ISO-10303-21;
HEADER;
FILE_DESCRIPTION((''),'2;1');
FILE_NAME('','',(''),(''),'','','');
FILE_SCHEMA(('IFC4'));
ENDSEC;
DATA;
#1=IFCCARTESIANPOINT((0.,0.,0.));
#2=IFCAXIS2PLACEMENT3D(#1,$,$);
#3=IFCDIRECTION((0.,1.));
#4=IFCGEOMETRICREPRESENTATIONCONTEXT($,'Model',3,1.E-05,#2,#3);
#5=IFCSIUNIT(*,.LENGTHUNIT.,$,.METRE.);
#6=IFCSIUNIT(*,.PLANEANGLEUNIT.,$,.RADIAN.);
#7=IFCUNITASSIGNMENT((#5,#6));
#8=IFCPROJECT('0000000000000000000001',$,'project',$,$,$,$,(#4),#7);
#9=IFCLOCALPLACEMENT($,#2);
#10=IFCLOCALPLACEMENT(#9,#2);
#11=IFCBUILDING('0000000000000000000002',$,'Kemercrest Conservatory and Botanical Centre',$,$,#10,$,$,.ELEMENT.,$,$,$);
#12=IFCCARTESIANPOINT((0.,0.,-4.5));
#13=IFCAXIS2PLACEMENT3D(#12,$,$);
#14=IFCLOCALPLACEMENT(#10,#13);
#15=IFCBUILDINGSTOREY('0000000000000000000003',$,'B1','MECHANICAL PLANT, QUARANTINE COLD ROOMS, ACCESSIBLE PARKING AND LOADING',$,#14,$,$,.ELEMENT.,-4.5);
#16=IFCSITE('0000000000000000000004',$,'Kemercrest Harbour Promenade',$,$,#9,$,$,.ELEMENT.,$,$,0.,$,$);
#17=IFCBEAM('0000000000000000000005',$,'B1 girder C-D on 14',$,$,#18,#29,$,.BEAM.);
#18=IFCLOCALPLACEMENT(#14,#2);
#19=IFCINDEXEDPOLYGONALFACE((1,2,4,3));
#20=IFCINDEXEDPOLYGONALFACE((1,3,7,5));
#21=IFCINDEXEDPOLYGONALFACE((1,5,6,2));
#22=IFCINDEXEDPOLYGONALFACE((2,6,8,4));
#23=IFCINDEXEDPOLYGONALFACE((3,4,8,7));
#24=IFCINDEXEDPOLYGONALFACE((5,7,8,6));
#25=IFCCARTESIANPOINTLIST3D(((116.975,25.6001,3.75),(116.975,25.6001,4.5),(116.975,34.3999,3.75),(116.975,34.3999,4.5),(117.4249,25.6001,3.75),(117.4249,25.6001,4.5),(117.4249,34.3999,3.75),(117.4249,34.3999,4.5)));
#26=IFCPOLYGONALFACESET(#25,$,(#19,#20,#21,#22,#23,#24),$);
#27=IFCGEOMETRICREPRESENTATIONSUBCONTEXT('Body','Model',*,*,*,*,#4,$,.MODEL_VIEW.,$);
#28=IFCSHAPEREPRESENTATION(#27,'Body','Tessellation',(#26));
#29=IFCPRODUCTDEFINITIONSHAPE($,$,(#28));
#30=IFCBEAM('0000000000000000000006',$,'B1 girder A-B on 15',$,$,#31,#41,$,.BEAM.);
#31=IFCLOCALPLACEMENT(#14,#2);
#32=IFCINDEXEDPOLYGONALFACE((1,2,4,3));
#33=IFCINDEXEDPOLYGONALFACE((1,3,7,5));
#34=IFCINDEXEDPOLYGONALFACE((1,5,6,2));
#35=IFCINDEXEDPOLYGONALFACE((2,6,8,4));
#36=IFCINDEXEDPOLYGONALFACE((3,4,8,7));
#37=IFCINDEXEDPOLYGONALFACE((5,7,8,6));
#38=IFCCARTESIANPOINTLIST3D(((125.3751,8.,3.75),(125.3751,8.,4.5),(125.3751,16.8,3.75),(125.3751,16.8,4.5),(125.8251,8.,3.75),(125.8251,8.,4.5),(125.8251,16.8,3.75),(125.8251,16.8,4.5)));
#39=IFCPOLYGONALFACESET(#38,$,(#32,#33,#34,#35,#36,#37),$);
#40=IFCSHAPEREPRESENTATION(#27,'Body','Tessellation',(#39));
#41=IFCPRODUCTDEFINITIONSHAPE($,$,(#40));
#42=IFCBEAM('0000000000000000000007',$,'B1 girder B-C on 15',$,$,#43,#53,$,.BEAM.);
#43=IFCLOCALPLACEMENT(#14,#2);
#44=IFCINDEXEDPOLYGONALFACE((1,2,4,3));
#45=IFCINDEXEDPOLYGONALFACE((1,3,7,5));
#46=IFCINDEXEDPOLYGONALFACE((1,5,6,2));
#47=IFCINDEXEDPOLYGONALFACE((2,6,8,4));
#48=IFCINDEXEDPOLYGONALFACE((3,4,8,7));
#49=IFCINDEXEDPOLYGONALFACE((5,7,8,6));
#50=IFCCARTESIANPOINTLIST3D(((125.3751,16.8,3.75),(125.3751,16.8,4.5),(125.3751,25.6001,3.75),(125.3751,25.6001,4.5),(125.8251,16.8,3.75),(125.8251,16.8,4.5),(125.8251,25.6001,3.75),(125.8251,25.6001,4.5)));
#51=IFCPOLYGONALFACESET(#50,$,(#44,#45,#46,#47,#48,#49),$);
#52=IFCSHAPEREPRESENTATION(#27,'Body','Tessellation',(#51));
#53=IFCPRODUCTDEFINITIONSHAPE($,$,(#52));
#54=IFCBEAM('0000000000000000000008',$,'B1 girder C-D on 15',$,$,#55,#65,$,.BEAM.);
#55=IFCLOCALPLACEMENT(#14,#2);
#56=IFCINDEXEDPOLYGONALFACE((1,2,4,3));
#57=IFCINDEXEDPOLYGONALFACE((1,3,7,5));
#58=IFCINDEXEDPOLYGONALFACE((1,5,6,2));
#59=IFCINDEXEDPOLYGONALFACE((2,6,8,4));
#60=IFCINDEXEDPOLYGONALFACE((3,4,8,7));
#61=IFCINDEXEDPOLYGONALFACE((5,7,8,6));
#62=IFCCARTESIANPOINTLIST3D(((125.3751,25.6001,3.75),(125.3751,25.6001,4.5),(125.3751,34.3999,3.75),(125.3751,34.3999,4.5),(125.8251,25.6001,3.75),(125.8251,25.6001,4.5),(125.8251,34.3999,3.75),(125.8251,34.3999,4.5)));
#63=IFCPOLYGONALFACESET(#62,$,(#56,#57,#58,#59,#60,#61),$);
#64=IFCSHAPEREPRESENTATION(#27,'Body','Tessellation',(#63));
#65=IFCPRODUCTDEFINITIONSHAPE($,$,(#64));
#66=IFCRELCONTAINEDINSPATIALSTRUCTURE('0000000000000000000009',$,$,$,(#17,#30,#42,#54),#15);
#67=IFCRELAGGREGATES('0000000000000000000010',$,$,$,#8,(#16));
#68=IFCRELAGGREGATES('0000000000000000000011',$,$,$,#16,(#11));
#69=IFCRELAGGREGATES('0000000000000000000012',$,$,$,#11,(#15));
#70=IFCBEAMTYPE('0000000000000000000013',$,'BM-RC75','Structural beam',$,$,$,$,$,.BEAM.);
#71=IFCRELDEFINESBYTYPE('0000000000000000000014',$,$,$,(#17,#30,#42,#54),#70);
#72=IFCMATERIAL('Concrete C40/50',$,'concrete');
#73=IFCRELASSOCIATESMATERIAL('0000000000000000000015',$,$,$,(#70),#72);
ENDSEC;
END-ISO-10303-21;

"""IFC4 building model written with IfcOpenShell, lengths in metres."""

from ifc_helpers import new_model, si_unit, direction, frame, origin, origin_2d, place, context, subcontext, project, spatial, rectangle, extrude, material, material_profile, profile_set, type_object, element, save


model = new_model("IFC4")

# Units and contexts
model_context = context("Model", 3, precision=1e-05, world=origin(), true_north=direction((0.0, 1.0)))
body_context = subcontext(model_context, "Body", "Model", "MODEL_VIEW")
ifc_project = project(units=[si_unit("LENGTHUNIT", "METRE"), si_unit("PLANEANGLEUNIT", "RADIAN")], contexts=[model_context])

# Site, building, storey
site_placement = place(None, origin())
site = spatial("IfcSite", under=ifc_project, at=site_placement, Name="Kemercrest Harbour Promenade", CompositionType="ELEMENT", RefElevation=0.0)
building_placement = place(site_placement, origin())
building = spatial("IfcBuilding", under=site, at=building_placement, Name="Kemercrest Conservatory and Botanical Centre", CompositionType="ELEMENT")
storey_placement = place(building_placement, frame((0.0, 0.0, -4.5)))
storey = spatial("IfcBuildingStorey", under=building, at=storey_placement, Name="B1", Description="MECHANICAL PLANT, QUARANTINE COLD ROOMS, ACCESSIBLE PARKING AND LOADING", CompositionType="ELEMENT", Elevation=-4.5)

# Shared definitions
ifc_material_1 = material(Name="Concrete C40/50", Category="concrete")

# Beams
ifc_material_profile_1 = material_profile(ifc_material_1, rectangle(XDim=0.45, YDim=0.75, at=origin_2d()), Name="RC 450x750")
ifc_profile_set_1 = profile_set([ifc_material_profile_1], Name="Concrete C40/50")
beam_type = type_object("IfcBeamType", Name="BM-RC75", Description="Structural beam", PredefinedType="BEAM", material=ifc_profile_set_1)
beam_1_placement = place(storey_placement, frame((117.2, 25.6001, 4.125), z_axis=(0.0, 1.0, 0.0), x_axis=(-1.0, 0.0, 0.0)))
element("IfcBeam", 1, at=beam_1_placement, inside=storey, type_object=beam_type, Name="B1 girder C-D on 14", PredefinedType="BEAM", context=body_context, shape_type="SweptSolid", body=[
    extrude(rectangle(XDim=0.45, YDim=0.75, at=origin_2d()), origin(), (0.0, 0.0, 1.0), 8.7998),
])
for number, where, z_axis, x_axis, name in (
    (2, (125.6001, 8.0, 4.125), (0.0, 1.0, 0.0), (-1.0, 0.0, 0.0), "B1 girder A-B on 15"),
    (3, (125.6001, 16.8, 4.125), (0.0, 1.0, 0.0), (-1.0, 0.0, 0.0), "B1 girder B-C on 15"),
):
    element("IfcBeam", number, at=place(storey_placement, frame(where, z_axis=z_axis, x_axis=x_axis)), inside=storey, type_object=beam_type, Name=name, PredefinedType="BEAM", context=body_context, shape_type="SweptSolid", body=[
        extrude(rectangle(XDim=0.45, YDim=0.75, at=origin_2d()), origin(), (0.0, 0.0, 1.0), 8.8),
    ])
beam_2_placement = place(storey_placement, frame((125.6001, 25.6001, 4.125), z_axis=(0.0, 1.0, 0.0), x_axis=(-1.0, 0.0, 0.0)))
element("IfcBeam", 4, at=beam_2_placement, inside=storey, type_object=beam_type, Name="B1 girder C-D on 15", PredefinedType="BEAM", context=body_context, shape_type="SweptSolid", body=[
    extrude(rectangle(XDim=0.45, YDim=0.75, at=origin_2d()), origin(), (0.0, 0.0, 1.0), 8.7998),
])

save(model, "model.ifc")
